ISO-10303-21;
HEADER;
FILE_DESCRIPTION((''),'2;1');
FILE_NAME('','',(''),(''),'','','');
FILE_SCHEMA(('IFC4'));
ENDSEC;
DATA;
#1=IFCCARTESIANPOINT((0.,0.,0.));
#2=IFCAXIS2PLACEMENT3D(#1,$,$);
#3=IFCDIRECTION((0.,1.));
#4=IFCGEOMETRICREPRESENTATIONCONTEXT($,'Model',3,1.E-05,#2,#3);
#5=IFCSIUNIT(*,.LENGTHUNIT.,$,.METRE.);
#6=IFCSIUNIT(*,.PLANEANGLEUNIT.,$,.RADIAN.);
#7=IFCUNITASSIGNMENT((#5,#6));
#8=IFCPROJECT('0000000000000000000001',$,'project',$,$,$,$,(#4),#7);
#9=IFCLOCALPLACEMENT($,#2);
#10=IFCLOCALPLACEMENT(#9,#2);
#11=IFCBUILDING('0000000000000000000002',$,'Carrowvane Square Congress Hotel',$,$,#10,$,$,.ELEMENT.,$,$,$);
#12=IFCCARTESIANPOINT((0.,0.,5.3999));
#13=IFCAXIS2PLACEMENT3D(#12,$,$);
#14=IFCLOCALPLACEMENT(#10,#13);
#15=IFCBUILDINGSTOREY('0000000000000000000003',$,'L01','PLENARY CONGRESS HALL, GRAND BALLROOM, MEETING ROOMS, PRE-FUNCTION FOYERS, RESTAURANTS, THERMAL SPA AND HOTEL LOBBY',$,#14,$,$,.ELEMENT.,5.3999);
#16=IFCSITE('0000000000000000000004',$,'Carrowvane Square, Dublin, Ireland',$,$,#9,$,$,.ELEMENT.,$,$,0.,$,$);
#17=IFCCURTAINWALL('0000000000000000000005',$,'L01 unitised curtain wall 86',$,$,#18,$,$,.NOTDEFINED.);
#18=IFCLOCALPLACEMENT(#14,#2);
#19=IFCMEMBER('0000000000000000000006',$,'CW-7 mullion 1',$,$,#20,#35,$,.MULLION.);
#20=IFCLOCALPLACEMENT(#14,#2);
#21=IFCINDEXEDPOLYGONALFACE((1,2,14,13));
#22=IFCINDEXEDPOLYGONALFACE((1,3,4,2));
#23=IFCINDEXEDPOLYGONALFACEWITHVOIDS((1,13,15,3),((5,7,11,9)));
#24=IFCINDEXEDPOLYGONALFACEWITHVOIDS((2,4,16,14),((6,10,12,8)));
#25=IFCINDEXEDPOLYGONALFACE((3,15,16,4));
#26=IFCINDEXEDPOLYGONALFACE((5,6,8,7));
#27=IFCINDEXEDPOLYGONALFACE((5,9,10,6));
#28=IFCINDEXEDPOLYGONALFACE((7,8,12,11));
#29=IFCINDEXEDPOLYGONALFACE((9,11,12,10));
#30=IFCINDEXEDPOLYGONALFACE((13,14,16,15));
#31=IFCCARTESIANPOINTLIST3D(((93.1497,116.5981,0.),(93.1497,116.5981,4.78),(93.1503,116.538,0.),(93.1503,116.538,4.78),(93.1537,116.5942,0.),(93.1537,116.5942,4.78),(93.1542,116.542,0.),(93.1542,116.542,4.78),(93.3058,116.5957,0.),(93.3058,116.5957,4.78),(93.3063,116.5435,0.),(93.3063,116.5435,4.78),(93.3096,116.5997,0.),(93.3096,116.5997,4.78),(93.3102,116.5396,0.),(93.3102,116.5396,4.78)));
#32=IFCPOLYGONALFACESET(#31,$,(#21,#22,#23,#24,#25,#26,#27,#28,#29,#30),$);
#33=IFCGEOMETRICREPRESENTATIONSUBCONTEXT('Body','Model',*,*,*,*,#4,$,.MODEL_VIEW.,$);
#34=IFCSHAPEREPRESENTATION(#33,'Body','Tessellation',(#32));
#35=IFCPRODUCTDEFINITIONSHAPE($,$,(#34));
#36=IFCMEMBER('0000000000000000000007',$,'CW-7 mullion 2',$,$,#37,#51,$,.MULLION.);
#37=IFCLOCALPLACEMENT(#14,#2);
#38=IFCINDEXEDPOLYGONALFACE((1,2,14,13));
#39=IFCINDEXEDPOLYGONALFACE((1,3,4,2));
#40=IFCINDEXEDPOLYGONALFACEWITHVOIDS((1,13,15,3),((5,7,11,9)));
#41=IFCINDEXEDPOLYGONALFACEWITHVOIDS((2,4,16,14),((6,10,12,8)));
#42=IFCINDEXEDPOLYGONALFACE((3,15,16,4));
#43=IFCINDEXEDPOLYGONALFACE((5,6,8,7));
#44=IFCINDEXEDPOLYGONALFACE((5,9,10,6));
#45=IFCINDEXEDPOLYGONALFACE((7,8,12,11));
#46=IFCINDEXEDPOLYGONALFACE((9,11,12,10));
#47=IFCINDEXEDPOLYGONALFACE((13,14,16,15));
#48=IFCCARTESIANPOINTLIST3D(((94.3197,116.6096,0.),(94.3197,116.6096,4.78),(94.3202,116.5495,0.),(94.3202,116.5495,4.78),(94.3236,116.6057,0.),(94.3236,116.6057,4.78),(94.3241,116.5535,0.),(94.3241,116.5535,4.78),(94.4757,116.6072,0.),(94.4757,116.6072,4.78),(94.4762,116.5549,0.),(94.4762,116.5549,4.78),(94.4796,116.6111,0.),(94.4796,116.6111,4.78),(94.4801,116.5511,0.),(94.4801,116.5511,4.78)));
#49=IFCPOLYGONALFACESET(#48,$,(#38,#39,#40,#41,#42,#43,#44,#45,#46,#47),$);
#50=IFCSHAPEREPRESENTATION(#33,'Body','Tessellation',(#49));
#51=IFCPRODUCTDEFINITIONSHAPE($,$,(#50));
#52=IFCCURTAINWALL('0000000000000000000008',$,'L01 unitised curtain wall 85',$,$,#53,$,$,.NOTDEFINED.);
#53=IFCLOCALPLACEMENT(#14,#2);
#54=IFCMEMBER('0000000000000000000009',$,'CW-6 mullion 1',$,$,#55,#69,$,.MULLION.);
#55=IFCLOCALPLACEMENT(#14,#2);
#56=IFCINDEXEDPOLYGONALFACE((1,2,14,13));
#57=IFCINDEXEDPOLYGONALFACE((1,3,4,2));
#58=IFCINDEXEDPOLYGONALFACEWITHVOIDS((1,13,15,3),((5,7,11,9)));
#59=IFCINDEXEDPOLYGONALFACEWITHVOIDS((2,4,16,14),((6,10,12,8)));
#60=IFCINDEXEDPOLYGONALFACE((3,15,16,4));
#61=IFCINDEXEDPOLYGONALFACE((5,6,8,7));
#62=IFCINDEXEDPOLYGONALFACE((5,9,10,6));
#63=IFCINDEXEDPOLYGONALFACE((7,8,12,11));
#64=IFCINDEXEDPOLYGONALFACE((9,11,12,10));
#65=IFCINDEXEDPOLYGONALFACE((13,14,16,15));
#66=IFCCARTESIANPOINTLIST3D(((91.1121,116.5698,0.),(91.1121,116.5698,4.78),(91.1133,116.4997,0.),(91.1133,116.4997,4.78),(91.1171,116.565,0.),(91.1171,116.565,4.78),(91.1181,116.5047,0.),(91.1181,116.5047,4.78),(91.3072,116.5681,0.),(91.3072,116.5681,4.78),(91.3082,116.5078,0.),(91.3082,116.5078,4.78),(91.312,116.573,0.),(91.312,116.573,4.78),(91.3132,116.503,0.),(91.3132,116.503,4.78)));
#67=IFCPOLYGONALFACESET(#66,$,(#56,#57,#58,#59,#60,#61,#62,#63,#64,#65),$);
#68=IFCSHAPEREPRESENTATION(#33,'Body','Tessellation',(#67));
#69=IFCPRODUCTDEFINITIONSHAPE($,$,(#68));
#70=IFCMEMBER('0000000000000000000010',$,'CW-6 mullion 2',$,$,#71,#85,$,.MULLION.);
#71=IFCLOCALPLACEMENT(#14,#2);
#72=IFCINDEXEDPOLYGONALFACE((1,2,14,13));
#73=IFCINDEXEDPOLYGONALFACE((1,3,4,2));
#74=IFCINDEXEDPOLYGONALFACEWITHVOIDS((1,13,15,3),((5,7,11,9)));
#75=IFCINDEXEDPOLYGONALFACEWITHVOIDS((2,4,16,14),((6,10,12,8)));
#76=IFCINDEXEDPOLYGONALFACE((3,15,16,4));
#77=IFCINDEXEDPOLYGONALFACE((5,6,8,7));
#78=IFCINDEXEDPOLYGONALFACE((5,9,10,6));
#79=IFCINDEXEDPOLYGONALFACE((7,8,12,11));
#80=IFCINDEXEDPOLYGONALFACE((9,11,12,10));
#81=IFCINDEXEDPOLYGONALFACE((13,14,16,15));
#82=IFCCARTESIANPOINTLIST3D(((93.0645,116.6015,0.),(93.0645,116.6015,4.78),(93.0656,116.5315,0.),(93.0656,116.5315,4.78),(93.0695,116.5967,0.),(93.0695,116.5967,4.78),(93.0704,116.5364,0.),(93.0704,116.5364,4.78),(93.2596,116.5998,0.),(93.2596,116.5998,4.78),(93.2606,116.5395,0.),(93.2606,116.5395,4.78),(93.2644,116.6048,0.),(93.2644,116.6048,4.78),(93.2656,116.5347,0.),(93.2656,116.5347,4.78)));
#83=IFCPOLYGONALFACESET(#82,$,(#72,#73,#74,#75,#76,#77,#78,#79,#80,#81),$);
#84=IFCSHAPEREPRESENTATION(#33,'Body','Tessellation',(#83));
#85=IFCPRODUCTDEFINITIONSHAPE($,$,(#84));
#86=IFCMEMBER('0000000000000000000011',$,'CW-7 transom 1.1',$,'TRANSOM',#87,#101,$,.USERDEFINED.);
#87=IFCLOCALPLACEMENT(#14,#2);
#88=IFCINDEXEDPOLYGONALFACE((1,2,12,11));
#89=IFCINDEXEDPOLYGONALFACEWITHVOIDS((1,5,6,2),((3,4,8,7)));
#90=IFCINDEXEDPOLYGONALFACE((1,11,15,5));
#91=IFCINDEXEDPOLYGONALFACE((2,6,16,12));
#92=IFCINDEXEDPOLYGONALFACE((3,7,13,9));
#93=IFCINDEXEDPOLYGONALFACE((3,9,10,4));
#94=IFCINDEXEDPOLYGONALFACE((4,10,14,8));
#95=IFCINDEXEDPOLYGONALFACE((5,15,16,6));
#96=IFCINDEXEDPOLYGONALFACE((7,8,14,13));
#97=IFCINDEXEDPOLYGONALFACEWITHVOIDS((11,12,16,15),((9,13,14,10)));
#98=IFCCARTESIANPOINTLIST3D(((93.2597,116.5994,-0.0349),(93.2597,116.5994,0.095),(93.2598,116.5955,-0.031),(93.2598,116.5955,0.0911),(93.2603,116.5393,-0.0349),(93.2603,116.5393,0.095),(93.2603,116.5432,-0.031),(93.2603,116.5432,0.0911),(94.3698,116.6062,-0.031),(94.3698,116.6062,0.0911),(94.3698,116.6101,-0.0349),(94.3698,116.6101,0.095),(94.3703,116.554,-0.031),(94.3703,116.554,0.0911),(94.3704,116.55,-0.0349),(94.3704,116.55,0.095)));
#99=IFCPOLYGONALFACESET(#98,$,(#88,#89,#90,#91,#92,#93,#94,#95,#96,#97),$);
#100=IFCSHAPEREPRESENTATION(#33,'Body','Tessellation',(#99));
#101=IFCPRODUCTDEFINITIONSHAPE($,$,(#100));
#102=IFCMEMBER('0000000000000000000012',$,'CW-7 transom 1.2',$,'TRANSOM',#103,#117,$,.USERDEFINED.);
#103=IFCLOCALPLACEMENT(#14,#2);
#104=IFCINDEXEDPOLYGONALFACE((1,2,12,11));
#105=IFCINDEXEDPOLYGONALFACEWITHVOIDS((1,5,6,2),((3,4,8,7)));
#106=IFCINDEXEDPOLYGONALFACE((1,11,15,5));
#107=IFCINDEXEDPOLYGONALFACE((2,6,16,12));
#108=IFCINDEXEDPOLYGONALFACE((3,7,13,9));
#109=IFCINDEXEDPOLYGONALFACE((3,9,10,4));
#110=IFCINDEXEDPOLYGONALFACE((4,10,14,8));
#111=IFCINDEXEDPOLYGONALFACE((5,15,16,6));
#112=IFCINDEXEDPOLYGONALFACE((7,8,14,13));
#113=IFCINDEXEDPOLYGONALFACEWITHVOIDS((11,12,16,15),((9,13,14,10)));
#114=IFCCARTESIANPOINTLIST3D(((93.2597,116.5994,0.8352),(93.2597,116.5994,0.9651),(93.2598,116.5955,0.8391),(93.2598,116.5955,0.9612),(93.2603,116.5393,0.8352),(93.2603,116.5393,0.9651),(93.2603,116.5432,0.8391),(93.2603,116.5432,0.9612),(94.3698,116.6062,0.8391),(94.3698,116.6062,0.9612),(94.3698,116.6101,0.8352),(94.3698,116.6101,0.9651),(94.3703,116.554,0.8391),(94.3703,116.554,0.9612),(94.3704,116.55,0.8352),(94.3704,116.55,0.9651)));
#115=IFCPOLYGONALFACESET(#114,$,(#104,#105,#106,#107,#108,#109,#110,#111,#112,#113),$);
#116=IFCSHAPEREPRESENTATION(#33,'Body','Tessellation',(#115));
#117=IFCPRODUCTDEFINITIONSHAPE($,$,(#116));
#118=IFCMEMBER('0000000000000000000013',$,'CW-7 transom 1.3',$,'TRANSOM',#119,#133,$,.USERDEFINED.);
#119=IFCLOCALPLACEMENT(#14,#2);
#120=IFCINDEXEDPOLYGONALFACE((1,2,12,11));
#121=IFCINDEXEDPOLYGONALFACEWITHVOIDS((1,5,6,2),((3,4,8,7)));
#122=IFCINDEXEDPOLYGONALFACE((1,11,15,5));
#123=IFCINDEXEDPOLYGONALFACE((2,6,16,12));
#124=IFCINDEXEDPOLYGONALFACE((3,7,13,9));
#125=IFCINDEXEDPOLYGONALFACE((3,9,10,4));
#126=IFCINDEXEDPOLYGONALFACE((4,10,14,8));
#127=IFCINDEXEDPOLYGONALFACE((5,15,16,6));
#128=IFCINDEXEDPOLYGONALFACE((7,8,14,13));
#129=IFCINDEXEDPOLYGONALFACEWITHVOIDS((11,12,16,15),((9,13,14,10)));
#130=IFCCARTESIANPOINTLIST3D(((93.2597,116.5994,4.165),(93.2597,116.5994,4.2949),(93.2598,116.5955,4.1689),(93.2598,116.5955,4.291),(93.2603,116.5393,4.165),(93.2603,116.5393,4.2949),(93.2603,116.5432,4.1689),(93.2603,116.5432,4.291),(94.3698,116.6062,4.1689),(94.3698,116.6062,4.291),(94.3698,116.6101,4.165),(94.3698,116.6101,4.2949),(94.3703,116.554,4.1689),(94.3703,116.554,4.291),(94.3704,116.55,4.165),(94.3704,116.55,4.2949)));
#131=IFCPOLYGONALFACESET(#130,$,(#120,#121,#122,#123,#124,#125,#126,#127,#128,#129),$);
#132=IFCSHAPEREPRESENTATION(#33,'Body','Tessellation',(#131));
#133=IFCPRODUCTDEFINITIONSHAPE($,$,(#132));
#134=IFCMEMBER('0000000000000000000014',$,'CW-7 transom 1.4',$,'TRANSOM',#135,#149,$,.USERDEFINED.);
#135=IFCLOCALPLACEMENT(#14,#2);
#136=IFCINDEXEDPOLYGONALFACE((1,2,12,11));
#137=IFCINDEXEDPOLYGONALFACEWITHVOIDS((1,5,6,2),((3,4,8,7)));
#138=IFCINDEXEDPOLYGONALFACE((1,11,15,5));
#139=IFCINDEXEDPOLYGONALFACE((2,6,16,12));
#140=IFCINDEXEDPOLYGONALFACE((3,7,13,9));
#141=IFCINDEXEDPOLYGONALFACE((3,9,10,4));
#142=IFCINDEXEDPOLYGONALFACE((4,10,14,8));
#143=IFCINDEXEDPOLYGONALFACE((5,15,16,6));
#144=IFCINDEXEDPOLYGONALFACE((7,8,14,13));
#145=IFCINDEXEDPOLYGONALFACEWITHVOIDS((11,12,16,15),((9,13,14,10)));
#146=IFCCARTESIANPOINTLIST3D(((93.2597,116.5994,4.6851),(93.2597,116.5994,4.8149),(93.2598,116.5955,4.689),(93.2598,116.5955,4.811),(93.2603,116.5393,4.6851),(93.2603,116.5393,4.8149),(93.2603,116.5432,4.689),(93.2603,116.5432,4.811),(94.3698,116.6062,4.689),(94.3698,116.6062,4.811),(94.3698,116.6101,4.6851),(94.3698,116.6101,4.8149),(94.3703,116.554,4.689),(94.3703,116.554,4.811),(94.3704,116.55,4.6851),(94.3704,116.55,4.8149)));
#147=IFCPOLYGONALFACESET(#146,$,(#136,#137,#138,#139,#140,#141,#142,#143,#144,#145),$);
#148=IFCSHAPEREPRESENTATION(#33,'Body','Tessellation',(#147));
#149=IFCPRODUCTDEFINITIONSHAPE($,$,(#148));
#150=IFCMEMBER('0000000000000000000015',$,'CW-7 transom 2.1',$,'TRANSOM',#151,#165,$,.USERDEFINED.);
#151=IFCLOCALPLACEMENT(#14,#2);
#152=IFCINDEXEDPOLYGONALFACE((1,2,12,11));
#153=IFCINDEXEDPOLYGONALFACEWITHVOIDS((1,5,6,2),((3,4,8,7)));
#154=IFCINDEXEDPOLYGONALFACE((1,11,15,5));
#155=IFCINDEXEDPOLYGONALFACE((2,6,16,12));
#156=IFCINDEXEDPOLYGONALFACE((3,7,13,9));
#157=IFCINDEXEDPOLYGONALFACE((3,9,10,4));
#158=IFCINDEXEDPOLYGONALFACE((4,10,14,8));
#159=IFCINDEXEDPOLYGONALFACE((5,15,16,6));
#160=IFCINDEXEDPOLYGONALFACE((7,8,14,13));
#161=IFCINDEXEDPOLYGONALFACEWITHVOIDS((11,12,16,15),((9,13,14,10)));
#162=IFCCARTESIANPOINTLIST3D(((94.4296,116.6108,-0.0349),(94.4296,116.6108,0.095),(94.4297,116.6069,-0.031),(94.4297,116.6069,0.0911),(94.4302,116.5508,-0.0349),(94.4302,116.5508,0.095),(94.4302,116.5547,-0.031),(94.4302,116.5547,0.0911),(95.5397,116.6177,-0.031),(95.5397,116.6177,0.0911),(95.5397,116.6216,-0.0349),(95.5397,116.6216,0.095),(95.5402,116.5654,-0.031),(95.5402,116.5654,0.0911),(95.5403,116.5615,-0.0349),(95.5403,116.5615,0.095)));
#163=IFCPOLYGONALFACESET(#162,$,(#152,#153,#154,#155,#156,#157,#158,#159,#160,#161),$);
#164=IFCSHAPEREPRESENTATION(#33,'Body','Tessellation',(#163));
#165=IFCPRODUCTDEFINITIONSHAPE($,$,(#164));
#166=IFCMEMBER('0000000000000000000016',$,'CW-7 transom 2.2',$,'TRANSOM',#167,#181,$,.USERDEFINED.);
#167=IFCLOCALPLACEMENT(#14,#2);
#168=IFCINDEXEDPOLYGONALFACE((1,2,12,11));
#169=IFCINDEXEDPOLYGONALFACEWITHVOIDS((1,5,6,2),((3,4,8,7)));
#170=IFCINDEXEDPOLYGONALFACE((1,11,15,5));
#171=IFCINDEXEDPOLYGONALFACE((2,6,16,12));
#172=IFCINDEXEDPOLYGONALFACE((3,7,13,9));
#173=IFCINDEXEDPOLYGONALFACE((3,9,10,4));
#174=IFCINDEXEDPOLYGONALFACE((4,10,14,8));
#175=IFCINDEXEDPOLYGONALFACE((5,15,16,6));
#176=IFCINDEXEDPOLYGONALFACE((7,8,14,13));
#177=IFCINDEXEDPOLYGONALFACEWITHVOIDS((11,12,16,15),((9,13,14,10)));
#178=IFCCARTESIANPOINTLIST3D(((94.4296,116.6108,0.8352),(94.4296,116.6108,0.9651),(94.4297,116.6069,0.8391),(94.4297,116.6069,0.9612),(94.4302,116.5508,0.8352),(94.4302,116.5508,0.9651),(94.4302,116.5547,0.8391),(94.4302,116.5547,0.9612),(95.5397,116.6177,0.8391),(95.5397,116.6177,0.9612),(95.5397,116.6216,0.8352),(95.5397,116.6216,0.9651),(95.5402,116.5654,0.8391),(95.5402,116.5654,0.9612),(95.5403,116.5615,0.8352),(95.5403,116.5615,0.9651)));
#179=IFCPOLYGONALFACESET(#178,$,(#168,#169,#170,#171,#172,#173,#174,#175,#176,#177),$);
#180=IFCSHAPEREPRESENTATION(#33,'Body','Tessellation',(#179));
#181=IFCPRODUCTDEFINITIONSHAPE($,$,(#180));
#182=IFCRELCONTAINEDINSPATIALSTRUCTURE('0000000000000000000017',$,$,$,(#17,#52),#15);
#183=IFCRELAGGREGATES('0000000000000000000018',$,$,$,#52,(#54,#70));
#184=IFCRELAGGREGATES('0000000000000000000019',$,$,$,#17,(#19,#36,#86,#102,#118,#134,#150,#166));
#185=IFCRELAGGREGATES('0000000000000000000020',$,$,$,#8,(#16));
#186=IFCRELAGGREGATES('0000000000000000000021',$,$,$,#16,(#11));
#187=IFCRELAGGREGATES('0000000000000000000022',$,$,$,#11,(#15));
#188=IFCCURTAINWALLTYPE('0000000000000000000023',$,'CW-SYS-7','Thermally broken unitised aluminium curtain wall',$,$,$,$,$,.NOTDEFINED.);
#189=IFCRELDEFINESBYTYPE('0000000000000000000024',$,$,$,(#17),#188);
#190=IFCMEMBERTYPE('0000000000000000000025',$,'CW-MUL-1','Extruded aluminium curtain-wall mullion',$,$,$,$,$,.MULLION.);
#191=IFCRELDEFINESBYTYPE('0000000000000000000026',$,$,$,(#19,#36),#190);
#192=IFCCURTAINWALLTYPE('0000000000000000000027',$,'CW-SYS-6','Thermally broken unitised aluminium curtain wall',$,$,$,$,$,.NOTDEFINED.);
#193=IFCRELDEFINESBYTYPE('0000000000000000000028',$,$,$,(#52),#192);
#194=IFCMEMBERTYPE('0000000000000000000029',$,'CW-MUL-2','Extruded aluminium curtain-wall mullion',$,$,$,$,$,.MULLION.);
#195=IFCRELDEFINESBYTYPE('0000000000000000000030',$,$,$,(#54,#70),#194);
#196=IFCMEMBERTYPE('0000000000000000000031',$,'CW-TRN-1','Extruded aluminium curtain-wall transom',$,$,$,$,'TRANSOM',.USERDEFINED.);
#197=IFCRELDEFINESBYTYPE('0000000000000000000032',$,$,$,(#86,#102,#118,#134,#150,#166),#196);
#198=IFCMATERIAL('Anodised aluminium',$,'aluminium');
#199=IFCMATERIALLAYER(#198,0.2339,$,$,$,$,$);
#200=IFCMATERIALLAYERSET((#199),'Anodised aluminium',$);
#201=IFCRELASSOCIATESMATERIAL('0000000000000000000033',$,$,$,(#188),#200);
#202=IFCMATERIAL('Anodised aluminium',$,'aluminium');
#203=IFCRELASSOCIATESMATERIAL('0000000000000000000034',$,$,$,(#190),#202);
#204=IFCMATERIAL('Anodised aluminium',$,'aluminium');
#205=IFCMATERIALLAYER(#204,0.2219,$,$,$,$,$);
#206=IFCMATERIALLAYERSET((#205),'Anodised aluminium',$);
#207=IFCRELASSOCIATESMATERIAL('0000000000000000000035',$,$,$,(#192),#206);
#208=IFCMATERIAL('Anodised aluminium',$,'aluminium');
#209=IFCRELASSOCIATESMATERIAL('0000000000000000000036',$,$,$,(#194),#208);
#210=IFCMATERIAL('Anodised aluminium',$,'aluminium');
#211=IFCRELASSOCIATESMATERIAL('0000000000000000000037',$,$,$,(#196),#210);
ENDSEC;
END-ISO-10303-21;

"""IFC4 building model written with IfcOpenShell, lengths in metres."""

from ifc_helpers import new_model, si_unit, direction, frame, origin, origin_2d, place, context, subcontext, project, spatial, hollow_rectangle, extrude, material, layer, layer_set, material_profile, profile_set, type_object, element, aggregate, save


model = new_model("IFC4")

# Units and contexts
model_context = context("Model", 3, precision=1e-05, world=origin(), true_north=direction((0.0, 1.0)))
body_context = subcontext(model_context, "Body", "Model", "MODEL_VIEW")
ifc_project = project(units=[si_unit("LENGTHUNIT", "METRE"), si_unit("PLANEANGLEUNIT", "RADIAN")], contexts=[model_context])

# Site, building, storey
site_placement = place(None, origin())
site = spatial("IfcSite", under=ifc_project, at=site_placement, Name="Carrowvane Square, Dublin, Ireland", CompositionType="ELEMENT", RefElevation=0.0)
building_placement = place(site_placement, origin())
building = spatial("IfcBuilding", under=site, at=building_placement, Name="Carrowvane Square Congress Hotel", CompositionType="ELEMENT")
storey_placement = place(building_placement, frame((0.0, 0.0, 5.3999)))
storey = spatial("IfcBuildingStorey", under=building, at=storey_placement, Name="L01", Description="PLENARY CONGRESS HALL, GRAND BALLROOM, MEETING ROOMS, PRE-FUNCTION FOYERS, RESTAURANTS, THERMAL SPA AND HOTEL LOBBY", CompositionType="ELEMENT", Elevation=5.3999)

# Curtain walls, members
ifc_material_1 = material(Name="Anodised aluminium", Category="aluminium")
ifc_layer_1 = layer(ifc_material_1, 0.2339)
ifc_layer_set_1 = layer_set([ifc_layer_1], Name="Anodised aluminium")
curtain_wall_type_1 = type_object("IfcCurtainWallType", Name="CW-SYS-7", Description="Thermally broken unitised aluminium curtain wall", PredefinedType="NOTDEFINED", material=ifc_layer_set_1)
curtain_wall_1_placement = place(storey_placement, origin())
curtain_wall_1 = element("IfcCurtainWall", 1, at=curtain_wall_1_placement, inside=storey, type_object=curtain_wall_type_1, Name="L01 unitised curtain wall 86", PredefinedType="NOTDEFINED")
ifc_material_2 = material(Name="Anodised aluminium", Category="aluminium")
ifc_material_profile_1 = material_profile(ifc_material_2, hollow_rectangle(XDim=0.0601, YDim=0.1599, WallThickness=0.0039, at=origin_2d()), Name="CW-ML 60x160x4")
ifc_profile_set_1 = profile_set([ifc_material_profile_1], Name="Anodised aluminium")
member_type_1 = type_object("IfcMemberType", Name="CW-MUL-1", Description="Extruded aluminium curtain-wall mullion", PredefinedType="MULLION", material=ifc_profile_set_1)
member_1_placement = place(storey_placement, frame((93.23, 116.5688, 0.0), z_axis=(0.0, 0.0, 1.0), x_axis=(-0.009783, 0.999952, 0.0)))
member_1 = element("IfcMember", 2, at=member_1_placement, type_object=member_type_1, Name="CW-7 mullion 1", PredefinedType="MULLION", context=body_context, shape_type="SweptSolid", body=[
    extrude(hollow_rectangle(XDim=0.0601, YDim=0.1599, WallThickness=0.0039, at=origin_2d()), origin(), (0.0, 0.0, 1.0), 4.78),
])
member_2_placement = place(storey_placement, frame((94.3999, 116.5803, 0.0), z_axis=(0.0, 0.0, 1.0), x_axis=(-0.009783, 0.999952, 0.0)))
member_2 = element("IfcMember", 3, at=member_2_placement, type_object=member_type_1, Name="CW-7 mullion 2", PredefinedType="MULLION", context=body_context, shape_type="SweptSolid", body=[
    extrude(hollow_rectangle(XDim=0.0601, YDim=0.1599, WallThickness=0.0039, at=origin_2d()), origin(), (0.0, 0.0, 1.0), 4.78),
])
ifc_material_3 = material(Name="Anodised aluminium", Category="aluminium")
ifc_layer_2 = layer(ifc_material_3, 0.2219)
ifc_layer_set_2 = layer_set([ifc_layer_2], Name="Anodised aluminium")
curtain_wall_type_2 = type_object("IfcCurtainWallType", Name="CW-SYS-6", Description="Thermally broken unitised aluminium curtain wall", PredefinedType="NOTDEFINED", material=ifc_layer_set_2)
curtain_wall_2_placement = place(storey_placement, origin())
curtain_wall_2 = element("IfcCurtainWall", 4, at=curtain_wall_2_placement, inside=storey, type_object=curtain_wall_type_2, Name="L01 unitised curtain wall 85", PredefinedType="NOTDEFINED")
ifc_material_4 = material(Name="Anodised aluminium", Category="aluminium")
ifc_material_profile_2 = material_profile(ifc_material_4, hollow_rectangle(XDim=0.0701, YDim=0.2, WallThickness=0.0049, at=origin_2d()), Name="CW-ML 70x200x5")
ifc_profile_set_2 = profile_set([ifc_material_profile_2], Name="Anodised aluminium")
member_type_2 = type_object("IfcMemberType", Name="CW-MUL-2", Description="Extruded aluminium curtain-wall mullion", PredefinedType="MULLION", material=ifc_profile_set_2)
member_3_placement = place(storey_placement, frame((91.2126, 116.5364, 0.0), z_axis=(0.0, 0.0, 1.0), x_axis=(-0.016216, 0.999869, 0.0)))
member_3 = element("IfcMember", 5, at=member_3_placement, type_object=member_type_2, Name="CW-6 mullion 1", PredefinedType="MULLION", context=body_context, shape_type="SweptSolid", body=[
    extrude(hollow_rectangle(XDim=0.0701, YDim=0.2, WallThickness=0.0049, at=origin_2d()), origin(), (0.0, 0.0, 1.0), 4.78),
])
member_4_placement = place(storey_placement, frame((93.165, 116.5681, 0.0), z_axis=(0.0, 0.0, 1.0), x_axis=(-0.016216, 0.999869, 0.0)))
member_4 = element("IfcMember", 6, at=member_4_placement, type_object=member_type_2, Name="CW-6 mullion 2", PredefinedType="MULLION", context=body_context, shape_type="SweptSolid", body=[
    extrude(hollow_rectangle(XDim=0.0701, YDim=0.2, WallThickness=0.0049, at=origin_2d()), origin(), (0.0, 0.0, 1.0), 4.78),
])

# Members
ifc_material_5 = material(Name="Anodised aluminium", Category="aluminium")
ifc_material_profile_3 = material_profile(ifc_material_5, hollow_rectangle(XDim=0.0601, YDim=0.1299, WallThickness=0.0039, at=origin_2d()), Name="CW-TR 60x130x4")
ifc_profile_set_3 = profile_set([ifc_material_profile_3], Name="Anodised aluminium")
member_type_3 = type_object("IfcMemberType", Name="CW-TRN-1", Description="Extruded aluminium curtain-wall transom", ElementType="TRANSOM", PredefinedType="USERDEFINED", material=ifc_profile_set_3)
member_5_placement = place(storey_placement, frame((93.26, 116.5693, 0.03), z_axis=(0.999953, 0.009676, 0.0), x_axis=(-0.009676, 0.999953, 0.0)))
member_5 = element("IfcMember", 7, at=member_5_placement, type_object=member_type_3, Name="CW-7 transom 1.1", ObjectType="TRANSOM", PredefinedType="USERDEFINED", context=body_context, shape_type="SweptSolid", body=[
    extrude(hollow_rectangle(XDim=0.0601, YDim=0.1299, WallThickness=0.0039, at=origin_2d()), origin(), (0.0, 0.0, 1.0), 1.1101),
])
member_6_placement = place(storey_placement, frame((93.26, 116.5693, 0.9001), z_axis=(0.999953, 0.009676, 0.0), x_axis=(-0.009676, 0.999953, 0.0)))
member_6 = element("IfcMember", 8, at=member_6_placement, type_object=member_type_3, Name="CW-7 transom 1.2", ObjectType="TRANSOM", PredefinedType="USERDEFINED", context=body_context, shape_type="SweptSolid", body=[
    extrude(hollow_rectangle(XDim=0.0601, YDim=0.1299, WallThickness=0.0039, at=origin_2d()), origin(), (0.0, 0.0, 1.0), 1.1101),
])
member_7_placement = place(storey_placement, frame((93.26, 116.5693, 4.23), z_axis=(0.999953, 0.009676, 0.0), x_axis=(-0.009676, 0.999953, 0.0)))
member_7 = element("IfcMember", 9, at=member_7_placement, type_object=member_type_3, Name="CW-7 transom 1.3", ObjectType="TRANSOM", PredefinedType="USERDEFINED", context=body_context, shape_type="SweptSolid", body=[
    extrude(hollow_rectangle(XDim=0.0601, YDim=0.1299, WallThickness=0.0039, at=origin_2d()), origin(), (0.0, 0.0, 1.0), 1.1101),
])
member_8_placement = place(storey_placement, frame((93.26, 116.5693, 4.75), z_axis=(0.999953, 0.009676, 0.0), x_axis=(-0.009676, 0.999953, 0.0)))
member_8 = element("IfcMember", 10, at=member_8_placement, type_object=member_type_3, Name="CW-7 transom 1.4", ObjectType="TRANSOM", PredefinedType="USERDEFINED", context=body_context, shape_type="SweptSolid", body=[
    extrude(hollow_rectangle(XDim=0.0601, YDim=0.1299, WallThickness=0.0039, at=origin_2d()), origin(), (0.0, 0.0, 1.0), 1.1101),
])
member_9_placement = place(storey_placement, frame((94.4299, 116.5808, 0.03), z_axis=(0.999953, 0.009676, 0.0), x_axis=(-0.009676, 0.999953, 0.0)))
member_9 = element("IfcMember", 11, at=member_9_placement, type_object=member_type_3, Name="CW-7 transom 2.1", ObjectType="TRANSOM", PredefinedType="USERDEFINED", context=body_context, shape_type="SweptSolid", body=[
    extrude(hollow_rectangle(XDim=0.0601, YDim=0.1299, WallThickness=0.0039, at=origin_2d()), origin(), (0.0, 0.0, 1.0), 1.1101),
])
member_10_placement = place(storey_placement, frame((94.4299, 116.5808, 0.9001), z_axis=(0.999953, 0.009676, 0.0), x_axis=(-0.009676, 0.999953, 0.0)))
member_10 = element("IfcMember", 12, at=member_10_placement, type_object=member_type_3, Name="CW-7 transom 2.2", ObjectType="TRANSOM", PredefinedType="USERDEFINED", context=body_context, shape_type="SweptSolid", body=[
    extrude(hollow_rectangle(XDim=0.0601, YDim=0.1299, WallThickness=0.0039, at=origin_2d()), origin(), (0.0, 0.0, 1.0), 1.1101),
])

aggregate(curtain_wall_2, [member_3, member_4])
aggregate(curtain_wall_1, [member_1, member_2, member_5, member_6, member_7, member_8, member_9, member_10])

save(model, "model.ifc")
